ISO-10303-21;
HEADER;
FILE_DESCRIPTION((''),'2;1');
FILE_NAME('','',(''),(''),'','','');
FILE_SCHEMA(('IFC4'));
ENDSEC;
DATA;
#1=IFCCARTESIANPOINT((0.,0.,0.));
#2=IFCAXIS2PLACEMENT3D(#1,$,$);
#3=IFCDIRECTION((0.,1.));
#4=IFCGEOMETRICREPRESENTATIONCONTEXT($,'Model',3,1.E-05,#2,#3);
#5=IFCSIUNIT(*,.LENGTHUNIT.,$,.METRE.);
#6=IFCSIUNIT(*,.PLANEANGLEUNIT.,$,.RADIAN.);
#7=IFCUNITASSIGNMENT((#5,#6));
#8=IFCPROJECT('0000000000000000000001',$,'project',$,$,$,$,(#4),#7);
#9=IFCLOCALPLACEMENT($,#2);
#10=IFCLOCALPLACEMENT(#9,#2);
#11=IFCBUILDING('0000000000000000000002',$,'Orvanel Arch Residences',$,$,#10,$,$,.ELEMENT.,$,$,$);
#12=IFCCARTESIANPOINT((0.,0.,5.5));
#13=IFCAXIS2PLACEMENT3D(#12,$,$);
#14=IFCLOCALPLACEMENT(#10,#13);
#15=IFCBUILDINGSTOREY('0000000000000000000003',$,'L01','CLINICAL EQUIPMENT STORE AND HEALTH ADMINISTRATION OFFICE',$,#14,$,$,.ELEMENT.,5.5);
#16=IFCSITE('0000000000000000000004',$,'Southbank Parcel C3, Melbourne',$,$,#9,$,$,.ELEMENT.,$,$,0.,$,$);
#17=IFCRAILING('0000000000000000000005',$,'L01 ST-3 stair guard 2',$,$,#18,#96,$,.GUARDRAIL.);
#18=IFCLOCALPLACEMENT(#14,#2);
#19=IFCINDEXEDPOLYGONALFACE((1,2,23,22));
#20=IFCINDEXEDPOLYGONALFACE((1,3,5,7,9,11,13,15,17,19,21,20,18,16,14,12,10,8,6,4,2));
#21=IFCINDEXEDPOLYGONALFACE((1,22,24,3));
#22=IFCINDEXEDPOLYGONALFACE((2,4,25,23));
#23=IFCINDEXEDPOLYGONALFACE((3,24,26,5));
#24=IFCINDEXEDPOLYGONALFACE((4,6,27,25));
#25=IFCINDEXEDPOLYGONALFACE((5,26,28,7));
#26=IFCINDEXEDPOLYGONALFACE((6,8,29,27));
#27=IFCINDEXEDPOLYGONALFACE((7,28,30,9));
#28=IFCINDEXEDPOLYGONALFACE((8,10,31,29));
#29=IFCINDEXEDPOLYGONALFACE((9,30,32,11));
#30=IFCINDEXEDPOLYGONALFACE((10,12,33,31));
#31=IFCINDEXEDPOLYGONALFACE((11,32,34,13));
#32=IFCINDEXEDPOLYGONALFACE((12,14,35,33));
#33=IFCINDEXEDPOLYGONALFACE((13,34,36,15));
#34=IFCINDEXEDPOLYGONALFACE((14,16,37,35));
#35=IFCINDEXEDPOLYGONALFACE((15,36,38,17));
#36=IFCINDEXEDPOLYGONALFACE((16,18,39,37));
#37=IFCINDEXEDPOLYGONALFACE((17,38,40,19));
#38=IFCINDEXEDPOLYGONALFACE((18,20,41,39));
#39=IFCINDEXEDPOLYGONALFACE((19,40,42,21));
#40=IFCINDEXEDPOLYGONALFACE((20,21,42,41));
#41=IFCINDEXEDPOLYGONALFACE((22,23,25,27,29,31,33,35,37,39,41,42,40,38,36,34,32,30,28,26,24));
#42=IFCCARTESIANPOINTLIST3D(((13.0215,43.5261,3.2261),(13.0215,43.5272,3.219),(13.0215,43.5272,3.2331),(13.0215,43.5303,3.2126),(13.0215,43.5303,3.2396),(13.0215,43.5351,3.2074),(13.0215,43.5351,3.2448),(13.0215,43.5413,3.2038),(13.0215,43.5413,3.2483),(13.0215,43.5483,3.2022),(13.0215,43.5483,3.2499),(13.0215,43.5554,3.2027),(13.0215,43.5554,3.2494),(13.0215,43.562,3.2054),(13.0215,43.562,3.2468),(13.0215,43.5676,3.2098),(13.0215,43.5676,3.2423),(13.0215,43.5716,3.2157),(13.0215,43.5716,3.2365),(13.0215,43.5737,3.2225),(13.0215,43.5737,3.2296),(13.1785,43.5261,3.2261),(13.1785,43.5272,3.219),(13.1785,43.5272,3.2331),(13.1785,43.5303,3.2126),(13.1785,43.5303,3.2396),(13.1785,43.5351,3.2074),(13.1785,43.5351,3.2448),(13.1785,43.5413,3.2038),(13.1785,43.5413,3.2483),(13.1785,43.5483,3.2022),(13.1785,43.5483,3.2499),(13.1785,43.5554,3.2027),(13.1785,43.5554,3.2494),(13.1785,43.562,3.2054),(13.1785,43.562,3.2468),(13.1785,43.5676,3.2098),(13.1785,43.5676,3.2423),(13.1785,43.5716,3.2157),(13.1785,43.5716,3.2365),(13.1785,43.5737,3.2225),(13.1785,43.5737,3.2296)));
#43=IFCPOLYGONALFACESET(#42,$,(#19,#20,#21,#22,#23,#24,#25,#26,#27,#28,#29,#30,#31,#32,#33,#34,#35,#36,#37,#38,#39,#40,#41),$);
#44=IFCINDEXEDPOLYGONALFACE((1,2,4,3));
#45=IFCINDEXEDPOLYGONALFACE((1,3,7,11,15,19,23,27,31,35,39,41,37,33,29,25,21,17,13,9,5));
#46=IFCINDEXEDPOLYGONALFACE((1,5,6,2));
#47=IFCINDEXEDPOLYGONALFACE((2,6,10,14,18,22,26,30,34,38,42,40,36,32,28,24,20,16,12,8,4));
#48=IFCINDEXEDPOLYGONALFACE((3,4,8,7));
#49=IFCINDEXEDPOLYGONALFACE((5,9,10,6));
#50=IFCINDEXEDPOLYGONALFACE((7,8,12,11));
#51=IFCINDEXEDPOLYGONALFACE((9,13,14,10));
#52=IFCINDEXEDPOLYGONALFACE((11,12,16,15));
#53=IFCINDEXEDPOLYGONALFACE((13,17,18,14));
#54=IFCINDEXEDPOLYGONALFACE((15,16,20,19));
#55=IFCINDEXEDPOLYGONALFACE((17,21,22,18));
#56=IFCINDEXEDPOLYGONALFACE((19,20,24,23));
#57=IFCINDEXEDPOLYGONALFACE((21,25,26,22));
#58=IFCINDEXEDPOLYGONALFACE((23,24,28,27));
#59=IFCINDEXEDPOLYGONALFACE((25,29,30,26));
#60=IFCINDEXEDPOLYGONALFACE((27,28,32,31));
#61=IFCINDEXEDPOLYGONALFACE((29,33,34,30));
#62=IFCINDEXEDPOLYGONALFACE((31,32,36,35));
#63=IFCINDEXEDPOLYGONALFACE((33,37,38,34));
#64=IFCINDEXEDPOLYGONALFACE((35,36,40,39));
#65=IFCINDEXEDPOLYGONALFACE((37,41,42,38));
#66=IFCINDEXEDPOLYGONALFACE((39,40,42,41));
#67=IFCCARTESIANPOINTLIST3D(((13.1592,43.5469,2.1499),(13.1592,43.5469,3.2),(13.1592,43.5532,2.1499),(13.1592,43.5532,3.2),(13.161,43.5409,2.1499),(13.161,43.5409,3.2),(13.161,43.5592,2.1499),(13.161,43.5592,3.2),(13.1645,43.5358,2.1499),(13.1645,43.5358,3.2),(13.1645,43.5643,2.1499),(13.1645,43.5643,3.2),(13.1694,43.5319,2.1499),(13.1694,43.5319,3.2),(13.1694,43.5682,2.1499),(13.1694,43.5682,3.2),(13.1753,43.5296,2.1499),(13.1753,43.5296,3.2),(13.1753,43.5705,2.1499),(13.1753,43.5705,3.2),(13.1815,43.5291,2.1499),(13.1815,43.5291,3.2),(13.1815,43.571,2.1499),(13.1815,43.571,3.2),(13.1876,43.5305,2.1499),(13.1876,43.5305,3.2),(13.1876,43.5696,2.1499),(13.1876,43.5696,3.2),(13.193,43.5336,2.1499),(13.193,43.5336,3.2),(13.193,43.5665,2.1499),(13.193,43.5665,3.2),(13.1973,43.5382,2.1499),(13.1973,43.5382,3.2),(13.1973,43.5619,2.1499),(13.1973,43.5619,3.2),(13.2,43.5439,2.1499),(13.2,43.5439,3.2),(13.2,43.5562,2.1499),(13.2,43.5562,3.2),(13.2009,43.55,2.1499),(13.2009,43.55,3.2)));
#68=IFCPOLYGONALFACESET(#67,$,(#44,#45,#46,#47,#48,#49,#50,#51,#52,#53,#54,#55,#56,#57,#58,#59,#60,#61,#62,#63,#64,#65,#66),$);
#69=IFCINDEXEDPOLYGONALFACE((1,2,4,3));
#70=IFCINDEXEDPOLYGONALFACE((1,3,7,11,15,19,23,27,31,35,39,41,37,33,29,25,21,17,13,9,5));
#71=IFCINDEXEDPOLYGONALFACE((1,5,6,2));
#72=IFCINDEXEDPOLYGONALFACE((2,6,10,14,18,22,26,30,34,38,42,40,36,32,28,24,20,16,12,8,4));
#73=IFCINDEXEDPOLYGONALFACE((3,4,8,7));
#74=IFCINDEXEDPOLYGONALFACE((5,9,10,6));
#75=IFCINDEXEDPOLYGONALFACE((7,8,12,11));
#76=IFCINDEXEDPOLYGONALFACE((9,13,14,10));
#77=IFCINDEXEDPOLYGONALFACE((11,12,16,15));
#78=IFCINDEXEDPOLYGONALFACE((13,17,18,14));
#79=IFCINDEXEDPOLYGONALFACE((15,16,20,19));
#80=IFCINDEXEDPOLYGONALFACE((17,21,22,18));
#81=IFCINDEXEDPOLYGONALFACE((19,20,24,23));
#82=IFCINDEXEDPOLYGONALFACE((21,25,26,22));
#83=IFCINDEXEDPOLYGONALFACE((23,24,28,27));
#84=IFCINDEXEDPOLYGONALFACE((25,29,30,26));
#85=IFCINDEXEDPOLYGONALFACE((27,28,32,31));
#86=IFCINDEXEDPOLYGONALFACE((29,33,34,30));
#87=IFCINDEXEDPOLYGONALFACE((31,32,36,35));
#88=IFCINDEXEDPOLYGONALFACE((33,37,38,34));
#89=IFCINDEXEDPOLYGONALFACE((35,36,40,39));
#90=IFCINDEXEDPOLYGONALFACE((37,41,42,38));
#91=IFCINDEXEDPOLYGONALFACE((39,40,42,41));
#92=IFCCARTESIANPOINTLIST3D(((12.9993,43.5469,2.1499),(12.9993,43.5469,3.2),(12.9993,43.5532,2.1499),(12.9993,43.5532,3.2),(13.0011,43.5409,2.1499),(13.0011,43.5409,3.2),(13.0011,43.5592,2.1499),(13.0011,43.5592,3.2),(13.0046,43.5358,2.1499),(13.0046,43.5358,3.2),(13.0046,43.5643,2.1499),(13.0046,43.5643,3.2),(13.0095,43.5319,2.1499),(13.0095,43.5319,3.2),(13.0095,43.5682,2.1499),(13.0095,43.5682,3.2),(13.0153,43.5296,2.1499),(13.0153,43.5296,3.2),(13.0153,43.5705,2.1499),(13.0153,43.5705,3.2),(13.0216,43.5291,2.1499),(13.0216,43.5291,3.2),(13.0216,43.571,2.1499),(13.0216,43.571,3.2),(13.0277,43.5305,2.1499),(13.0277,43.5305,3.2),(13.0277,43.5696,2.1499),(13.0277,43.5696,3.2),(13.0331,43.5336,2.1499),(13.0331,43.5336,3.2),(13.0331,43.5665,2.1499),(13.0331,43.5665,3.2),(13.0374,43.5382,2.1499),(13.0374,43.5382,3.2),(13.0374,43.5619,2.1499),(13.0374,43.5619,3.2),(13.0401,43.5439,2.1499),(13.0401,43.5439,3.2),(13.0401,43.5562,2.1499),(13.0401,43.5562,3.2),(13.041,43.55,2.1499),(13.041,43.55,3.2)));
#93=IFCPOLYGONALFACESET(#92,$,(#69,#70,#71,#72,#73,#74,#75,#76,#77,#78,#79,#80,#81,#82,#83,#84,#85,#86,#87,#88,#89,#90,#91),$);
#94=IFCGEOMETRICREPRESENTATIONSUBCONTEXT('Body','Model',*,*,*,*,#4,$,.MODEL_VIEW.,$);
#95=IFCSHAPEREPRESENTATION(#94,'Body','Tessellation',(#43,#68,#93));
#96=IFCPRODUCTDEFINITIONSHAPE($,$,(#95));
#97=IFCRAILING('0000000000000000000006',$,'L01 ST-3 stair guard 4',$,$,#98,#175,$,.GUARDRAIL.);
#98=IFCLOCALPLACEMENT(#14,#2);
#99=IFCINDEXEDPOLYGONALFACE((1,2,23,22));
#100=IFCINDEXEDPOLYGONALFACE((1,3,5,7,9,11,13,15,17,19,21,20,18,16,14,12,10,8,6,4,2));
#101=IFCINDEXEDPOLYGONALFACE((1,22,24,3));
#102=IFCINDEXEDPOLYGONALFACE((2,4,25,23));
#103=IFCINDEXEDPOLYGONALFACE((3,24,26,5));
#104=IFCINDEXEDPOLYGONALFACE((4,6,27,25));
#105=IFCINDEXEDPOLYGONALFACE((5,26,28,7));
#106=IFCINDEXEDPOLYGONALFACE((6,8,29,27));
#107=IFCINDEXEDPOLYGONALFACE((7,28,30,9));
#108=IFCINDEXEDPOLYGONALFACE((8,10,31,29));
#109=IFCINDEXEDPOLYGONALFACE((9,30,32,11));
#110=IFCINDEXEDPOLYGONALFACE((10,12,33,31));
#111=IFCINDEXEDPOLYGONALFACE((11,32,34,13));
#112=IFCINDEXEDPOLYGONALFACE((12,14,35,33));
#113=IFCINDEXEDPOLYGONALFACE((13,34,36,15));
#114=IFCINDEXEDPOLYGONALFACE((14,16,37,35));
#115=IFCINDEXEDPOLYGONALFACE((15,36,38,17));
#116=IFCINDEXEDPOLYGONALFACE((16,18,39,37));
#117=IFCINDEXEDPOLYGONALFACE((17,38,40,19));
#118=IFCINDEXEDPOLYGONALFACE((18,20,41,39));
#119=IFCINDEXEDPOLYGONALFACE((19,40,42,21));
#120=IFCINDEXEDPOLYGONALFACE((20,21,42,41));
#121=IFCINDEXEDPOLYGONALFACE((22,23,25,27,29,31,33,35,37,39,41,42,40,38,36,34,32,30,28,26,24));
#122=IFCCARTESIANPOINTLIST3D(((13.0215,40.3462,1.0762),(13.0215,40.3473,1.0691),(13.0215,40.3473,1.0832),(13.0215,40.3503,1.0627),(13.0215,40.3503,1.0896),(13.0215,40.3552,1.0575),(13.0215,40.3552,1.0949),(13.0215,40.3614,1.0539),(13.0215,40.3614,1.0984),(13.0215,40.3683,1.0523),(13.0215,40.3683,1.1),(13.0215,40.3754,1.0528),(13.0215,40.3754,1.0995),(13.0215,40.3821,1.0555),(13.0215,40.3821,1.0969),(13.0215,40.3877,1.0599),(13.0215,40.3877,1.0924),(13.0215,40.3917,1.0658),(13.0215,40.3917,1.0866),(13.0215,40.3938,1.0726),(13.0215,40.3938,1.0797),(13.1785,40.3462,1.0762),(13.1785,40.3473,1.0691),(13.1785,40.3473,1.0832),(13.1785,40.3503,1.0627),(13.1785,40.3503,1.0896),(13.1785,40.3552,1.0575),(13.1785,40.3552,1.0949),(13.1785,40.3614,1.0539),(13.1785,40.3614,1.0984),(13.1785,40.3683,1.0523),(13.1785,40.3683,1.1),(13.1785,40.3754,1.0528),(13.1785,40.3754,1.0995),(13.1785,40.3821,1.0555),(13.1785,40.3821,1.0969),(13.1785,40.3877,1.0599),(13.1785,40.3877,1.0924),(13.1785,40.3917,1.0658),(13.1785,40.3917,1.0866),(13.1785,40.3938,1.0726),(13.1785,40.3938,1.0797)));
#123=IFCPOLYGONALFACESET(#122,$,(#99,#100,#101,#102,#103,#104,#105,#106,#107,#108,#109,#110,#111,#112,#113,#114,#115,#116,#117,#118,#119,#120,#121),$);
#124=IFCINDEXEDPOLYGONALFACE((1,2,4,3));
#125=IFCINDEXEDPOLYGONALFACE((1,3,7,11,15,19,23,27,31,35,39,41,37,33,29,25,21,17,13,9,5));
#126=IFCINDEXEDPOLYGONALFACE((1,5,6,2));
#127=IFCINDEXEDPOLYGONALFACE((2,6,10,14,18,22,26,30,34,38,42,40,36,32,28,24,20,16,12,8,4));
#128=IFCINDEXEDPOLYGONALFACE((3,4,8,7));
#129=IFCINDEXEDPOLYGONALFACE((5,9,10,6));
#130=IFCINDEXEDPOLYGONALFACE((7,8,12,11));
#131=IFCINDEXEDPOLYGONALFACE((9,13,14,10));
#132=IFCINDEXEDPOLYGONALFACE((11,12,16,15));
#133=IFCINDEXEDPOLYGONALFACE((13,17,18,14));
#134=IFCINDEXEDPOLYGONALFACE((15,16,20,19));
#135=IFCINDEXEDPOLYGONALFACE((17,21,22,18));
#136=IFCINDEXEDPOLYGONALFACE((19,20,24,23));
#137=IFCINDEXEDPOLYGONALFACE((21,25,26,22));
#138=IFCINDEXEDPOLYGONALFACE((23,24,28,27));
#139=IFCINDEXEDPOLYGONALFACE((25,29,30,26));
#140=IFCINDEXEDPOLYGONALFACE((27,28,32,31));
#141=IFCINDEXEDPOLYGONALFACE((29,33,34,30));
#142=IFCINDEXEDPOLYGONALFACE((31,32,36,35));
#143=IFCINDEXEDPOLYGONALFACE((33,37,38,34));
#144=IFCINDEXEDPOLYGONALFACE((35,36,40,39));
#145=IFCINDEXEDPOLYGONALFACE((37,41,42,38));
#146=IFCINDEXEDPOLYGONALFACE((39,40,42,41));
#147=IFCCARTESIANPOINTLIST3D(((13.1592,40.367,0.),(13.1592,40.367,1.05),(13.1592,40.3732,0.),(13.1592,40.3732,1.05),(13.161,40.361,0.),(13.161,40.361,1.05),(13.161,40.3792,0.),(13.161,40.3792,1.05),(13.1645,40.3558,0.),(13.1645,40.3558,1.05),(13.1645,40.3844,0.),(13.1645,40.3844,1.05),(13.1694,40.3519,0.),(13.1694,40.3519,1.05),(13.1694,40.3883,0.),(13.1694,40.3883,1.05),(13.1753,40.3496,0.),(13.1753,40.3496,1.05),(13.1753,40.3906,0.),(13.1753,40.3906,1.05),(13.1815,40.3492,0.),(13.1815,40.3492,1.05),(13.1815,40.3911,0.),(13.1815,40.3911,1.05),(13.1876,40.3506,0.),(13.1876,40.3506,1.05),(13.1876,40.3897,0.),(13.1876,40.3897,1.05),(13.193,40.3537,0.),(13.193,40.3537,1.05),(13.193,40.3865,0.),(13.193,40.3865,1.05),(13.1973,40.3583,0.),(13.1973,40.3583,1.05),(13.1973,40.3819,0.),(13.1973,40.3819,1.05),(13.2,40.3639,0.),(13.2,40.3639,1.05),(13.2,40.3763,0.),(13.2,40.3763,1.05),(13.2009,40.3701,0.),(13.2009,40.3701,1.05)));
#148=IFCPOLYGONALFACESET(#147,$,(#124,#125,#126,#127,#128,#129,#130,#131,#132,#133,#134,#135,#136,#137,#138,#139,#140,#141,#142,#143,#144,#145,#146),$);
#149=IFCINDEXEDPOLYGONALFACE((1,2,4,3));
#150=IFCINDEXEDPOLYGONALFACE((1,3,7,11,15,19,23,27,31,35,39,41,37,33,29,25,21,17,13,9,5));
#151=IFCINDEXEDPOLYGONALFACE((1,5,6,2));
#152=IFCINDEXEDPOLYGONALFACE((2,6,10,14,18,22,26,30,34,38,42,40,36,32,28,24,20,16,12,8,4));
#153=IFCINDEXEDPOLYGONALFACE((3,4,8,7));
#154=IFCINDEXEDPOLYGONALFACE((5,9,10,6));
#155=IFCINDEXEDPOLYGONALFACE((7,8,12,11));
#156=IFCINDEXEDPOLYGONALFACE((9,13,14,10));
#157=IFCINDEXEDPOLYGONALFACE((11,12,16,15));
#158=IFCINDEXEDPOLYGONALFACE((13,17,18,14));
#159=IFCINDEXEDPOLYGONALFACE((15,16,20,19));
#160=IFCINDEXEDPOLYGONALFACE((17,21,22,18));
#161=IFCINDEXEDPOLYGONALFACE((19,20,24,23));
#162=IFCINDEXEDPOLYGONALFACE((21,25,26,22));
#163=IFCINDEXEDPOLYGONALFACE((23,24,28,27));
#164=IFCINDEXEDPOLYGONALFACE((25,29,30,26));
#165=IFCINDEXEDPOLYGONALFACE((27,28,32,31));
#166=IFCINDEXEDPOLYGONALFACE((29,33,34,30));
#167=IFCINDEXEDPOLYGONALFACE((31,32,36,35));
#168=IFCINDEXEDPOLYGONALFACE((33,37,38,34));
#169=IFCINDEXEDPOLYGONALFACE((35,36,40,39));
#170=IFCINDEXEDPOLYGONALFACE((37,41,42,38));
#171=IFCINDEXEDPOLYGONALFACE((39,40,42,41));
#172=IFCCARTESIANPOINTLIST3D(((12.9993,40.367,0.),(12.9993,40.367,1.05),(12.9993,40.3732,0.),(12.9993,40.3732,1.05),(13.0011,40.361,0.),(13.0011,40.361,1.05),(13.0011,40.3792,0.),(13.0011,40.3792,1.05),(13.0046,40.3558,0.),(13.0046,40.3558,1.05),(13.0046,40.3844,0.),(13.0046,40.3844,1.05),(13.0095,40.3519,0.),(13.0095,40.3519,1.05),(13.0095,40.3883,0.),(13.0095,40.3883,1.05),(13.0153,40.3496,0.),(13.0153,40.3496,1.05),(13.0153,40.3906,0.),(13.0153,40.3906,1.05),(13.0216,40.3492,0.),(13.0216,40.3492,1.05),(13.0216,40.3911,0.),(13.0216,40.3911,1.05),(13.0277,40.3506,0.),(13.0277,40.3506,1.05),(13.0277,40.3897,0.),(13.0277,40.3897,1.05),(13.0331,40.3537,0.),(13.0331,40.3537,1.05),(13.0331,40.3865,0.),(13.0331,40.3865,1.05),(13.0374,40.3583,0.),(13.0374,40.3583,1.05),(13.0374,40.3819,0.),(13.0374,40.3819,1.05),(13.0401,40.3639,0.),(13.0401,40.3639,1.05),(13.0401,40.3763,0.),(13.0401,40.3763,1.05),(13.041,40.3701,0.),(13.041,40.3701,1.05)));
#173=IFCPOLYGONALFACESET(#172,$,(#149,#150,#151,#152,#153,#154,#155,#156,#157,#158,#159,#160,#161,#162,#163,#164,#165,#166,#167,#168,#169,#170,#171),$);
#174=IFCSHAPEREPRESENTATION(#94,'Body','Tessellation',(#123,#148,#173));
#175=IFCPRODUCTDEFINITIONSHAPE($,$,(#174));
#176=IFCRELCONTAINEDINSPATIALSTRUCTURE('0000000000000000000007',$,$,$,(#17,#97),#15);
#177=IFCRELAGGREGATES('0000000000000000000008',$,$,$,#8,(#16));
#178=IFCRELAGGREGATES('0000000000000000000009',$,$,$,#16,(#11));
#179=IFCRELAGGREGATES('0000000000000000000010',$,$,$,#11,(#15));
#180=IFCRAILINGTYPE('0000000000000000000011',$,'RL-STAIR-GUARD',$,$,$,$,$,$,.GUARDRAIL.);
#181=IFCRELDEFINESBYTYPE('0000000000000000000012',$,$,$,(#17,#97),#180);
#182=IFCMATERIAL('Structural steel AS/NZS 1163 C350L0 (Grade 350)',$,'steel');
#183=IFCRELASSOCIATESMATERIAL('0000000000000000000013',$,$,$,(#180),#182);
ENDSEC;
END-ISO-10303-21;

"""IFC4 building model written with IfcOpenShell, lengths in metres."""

from ifc_helpers import new_model, si_unit, direction, frame, origin, origin_2d, place, context, subcontext, project, spatial, circle, extrude, material, type_object, element, save


model = new_model("IFC4")

# Units and contexts
model_context = context("Model", 3, precision=1e-05, world=origin(), true_north=direction((0.0, 1.0)))
body_context = subcontext(model_context, "Body", "Model", "MODEL_VIEW")
ifc_project = project(units=[si_unit("LENGTHUNIT", "METRE"), si_unit("PLANEANGLEUNIT", "RADIAN")], contexts=[model_context])

# Site, building, storey
site_placement = place(None, origin())
site = spatial("IfcSite", under=ifc_project, at=site_placement, Name="Southbank Parcel C3, Melbourne", CompositionType="ELEMENT", RefElevation=0.0)
building_placement = place(site_placement, origin())
building = spatial("IfcBuilding", under=site, at=building_placement, Name="Orvanel Arch Residences", CompositionType="ELEMENT")
storey_placement = place(building_placement, frame((0.0, 0.0, 5.5)))
storey = spatial("IfcBuildingStorey", under=building, at=storey_placement, Name="L01", Description="CLINICAL EQUIPMENT STORE AND HEALTH ADMINISTRATION OFFICE", CompositionType="ELEMENT", Elevation=5.5)

# Railings
ifc_material_1 = material(Name="Structural steel AS/NZS 1163 C350L0 (Grade 350)", Category="steel")
railing_type_1 = type_object("IfcRailingType", Name="RL-STAIR-GUARD", PredefinedType="GUARDRAIL", material=ifc_material_1)
for number, where, name in (
    (1, (13.1799, 43.55, 2.1499), "L01 ST-3 stair guard 2"),
    (2, (13.1799, 40.3701, 0.0), "L01 ST-3 stair guard 4"),
):
    element("IfcRailing", number, at=place(storey_placement, frame(where)), inside=storey, type_object=railing_type_1, Name=name, PredefinedType="GUARDRAIL", context=body_context, shape_type="SweptSolid", body=[
        extrude(circle(Radius=0.0239, at=origin_2d()), frame((-0.0015, 0.0, 1.0762), z_axis=(-1.0, 0.0, 0.0), x_axis=(0.0, -1.0, 0.0)), (0.0, 0.0, 1.0), 0.157),
        extrude(circle(Radius=0.021, at=origin_2d()), origin(), (0.0, 0.0, 1.0), 1.05),
        extrude(circle(Radius=0.021, at=origin_2d()), frame((-0.1599, 0.0, 0.0)), (0.0, 0.0, 1.0), 1.05),
    ])

save(model, "model.ifc")
